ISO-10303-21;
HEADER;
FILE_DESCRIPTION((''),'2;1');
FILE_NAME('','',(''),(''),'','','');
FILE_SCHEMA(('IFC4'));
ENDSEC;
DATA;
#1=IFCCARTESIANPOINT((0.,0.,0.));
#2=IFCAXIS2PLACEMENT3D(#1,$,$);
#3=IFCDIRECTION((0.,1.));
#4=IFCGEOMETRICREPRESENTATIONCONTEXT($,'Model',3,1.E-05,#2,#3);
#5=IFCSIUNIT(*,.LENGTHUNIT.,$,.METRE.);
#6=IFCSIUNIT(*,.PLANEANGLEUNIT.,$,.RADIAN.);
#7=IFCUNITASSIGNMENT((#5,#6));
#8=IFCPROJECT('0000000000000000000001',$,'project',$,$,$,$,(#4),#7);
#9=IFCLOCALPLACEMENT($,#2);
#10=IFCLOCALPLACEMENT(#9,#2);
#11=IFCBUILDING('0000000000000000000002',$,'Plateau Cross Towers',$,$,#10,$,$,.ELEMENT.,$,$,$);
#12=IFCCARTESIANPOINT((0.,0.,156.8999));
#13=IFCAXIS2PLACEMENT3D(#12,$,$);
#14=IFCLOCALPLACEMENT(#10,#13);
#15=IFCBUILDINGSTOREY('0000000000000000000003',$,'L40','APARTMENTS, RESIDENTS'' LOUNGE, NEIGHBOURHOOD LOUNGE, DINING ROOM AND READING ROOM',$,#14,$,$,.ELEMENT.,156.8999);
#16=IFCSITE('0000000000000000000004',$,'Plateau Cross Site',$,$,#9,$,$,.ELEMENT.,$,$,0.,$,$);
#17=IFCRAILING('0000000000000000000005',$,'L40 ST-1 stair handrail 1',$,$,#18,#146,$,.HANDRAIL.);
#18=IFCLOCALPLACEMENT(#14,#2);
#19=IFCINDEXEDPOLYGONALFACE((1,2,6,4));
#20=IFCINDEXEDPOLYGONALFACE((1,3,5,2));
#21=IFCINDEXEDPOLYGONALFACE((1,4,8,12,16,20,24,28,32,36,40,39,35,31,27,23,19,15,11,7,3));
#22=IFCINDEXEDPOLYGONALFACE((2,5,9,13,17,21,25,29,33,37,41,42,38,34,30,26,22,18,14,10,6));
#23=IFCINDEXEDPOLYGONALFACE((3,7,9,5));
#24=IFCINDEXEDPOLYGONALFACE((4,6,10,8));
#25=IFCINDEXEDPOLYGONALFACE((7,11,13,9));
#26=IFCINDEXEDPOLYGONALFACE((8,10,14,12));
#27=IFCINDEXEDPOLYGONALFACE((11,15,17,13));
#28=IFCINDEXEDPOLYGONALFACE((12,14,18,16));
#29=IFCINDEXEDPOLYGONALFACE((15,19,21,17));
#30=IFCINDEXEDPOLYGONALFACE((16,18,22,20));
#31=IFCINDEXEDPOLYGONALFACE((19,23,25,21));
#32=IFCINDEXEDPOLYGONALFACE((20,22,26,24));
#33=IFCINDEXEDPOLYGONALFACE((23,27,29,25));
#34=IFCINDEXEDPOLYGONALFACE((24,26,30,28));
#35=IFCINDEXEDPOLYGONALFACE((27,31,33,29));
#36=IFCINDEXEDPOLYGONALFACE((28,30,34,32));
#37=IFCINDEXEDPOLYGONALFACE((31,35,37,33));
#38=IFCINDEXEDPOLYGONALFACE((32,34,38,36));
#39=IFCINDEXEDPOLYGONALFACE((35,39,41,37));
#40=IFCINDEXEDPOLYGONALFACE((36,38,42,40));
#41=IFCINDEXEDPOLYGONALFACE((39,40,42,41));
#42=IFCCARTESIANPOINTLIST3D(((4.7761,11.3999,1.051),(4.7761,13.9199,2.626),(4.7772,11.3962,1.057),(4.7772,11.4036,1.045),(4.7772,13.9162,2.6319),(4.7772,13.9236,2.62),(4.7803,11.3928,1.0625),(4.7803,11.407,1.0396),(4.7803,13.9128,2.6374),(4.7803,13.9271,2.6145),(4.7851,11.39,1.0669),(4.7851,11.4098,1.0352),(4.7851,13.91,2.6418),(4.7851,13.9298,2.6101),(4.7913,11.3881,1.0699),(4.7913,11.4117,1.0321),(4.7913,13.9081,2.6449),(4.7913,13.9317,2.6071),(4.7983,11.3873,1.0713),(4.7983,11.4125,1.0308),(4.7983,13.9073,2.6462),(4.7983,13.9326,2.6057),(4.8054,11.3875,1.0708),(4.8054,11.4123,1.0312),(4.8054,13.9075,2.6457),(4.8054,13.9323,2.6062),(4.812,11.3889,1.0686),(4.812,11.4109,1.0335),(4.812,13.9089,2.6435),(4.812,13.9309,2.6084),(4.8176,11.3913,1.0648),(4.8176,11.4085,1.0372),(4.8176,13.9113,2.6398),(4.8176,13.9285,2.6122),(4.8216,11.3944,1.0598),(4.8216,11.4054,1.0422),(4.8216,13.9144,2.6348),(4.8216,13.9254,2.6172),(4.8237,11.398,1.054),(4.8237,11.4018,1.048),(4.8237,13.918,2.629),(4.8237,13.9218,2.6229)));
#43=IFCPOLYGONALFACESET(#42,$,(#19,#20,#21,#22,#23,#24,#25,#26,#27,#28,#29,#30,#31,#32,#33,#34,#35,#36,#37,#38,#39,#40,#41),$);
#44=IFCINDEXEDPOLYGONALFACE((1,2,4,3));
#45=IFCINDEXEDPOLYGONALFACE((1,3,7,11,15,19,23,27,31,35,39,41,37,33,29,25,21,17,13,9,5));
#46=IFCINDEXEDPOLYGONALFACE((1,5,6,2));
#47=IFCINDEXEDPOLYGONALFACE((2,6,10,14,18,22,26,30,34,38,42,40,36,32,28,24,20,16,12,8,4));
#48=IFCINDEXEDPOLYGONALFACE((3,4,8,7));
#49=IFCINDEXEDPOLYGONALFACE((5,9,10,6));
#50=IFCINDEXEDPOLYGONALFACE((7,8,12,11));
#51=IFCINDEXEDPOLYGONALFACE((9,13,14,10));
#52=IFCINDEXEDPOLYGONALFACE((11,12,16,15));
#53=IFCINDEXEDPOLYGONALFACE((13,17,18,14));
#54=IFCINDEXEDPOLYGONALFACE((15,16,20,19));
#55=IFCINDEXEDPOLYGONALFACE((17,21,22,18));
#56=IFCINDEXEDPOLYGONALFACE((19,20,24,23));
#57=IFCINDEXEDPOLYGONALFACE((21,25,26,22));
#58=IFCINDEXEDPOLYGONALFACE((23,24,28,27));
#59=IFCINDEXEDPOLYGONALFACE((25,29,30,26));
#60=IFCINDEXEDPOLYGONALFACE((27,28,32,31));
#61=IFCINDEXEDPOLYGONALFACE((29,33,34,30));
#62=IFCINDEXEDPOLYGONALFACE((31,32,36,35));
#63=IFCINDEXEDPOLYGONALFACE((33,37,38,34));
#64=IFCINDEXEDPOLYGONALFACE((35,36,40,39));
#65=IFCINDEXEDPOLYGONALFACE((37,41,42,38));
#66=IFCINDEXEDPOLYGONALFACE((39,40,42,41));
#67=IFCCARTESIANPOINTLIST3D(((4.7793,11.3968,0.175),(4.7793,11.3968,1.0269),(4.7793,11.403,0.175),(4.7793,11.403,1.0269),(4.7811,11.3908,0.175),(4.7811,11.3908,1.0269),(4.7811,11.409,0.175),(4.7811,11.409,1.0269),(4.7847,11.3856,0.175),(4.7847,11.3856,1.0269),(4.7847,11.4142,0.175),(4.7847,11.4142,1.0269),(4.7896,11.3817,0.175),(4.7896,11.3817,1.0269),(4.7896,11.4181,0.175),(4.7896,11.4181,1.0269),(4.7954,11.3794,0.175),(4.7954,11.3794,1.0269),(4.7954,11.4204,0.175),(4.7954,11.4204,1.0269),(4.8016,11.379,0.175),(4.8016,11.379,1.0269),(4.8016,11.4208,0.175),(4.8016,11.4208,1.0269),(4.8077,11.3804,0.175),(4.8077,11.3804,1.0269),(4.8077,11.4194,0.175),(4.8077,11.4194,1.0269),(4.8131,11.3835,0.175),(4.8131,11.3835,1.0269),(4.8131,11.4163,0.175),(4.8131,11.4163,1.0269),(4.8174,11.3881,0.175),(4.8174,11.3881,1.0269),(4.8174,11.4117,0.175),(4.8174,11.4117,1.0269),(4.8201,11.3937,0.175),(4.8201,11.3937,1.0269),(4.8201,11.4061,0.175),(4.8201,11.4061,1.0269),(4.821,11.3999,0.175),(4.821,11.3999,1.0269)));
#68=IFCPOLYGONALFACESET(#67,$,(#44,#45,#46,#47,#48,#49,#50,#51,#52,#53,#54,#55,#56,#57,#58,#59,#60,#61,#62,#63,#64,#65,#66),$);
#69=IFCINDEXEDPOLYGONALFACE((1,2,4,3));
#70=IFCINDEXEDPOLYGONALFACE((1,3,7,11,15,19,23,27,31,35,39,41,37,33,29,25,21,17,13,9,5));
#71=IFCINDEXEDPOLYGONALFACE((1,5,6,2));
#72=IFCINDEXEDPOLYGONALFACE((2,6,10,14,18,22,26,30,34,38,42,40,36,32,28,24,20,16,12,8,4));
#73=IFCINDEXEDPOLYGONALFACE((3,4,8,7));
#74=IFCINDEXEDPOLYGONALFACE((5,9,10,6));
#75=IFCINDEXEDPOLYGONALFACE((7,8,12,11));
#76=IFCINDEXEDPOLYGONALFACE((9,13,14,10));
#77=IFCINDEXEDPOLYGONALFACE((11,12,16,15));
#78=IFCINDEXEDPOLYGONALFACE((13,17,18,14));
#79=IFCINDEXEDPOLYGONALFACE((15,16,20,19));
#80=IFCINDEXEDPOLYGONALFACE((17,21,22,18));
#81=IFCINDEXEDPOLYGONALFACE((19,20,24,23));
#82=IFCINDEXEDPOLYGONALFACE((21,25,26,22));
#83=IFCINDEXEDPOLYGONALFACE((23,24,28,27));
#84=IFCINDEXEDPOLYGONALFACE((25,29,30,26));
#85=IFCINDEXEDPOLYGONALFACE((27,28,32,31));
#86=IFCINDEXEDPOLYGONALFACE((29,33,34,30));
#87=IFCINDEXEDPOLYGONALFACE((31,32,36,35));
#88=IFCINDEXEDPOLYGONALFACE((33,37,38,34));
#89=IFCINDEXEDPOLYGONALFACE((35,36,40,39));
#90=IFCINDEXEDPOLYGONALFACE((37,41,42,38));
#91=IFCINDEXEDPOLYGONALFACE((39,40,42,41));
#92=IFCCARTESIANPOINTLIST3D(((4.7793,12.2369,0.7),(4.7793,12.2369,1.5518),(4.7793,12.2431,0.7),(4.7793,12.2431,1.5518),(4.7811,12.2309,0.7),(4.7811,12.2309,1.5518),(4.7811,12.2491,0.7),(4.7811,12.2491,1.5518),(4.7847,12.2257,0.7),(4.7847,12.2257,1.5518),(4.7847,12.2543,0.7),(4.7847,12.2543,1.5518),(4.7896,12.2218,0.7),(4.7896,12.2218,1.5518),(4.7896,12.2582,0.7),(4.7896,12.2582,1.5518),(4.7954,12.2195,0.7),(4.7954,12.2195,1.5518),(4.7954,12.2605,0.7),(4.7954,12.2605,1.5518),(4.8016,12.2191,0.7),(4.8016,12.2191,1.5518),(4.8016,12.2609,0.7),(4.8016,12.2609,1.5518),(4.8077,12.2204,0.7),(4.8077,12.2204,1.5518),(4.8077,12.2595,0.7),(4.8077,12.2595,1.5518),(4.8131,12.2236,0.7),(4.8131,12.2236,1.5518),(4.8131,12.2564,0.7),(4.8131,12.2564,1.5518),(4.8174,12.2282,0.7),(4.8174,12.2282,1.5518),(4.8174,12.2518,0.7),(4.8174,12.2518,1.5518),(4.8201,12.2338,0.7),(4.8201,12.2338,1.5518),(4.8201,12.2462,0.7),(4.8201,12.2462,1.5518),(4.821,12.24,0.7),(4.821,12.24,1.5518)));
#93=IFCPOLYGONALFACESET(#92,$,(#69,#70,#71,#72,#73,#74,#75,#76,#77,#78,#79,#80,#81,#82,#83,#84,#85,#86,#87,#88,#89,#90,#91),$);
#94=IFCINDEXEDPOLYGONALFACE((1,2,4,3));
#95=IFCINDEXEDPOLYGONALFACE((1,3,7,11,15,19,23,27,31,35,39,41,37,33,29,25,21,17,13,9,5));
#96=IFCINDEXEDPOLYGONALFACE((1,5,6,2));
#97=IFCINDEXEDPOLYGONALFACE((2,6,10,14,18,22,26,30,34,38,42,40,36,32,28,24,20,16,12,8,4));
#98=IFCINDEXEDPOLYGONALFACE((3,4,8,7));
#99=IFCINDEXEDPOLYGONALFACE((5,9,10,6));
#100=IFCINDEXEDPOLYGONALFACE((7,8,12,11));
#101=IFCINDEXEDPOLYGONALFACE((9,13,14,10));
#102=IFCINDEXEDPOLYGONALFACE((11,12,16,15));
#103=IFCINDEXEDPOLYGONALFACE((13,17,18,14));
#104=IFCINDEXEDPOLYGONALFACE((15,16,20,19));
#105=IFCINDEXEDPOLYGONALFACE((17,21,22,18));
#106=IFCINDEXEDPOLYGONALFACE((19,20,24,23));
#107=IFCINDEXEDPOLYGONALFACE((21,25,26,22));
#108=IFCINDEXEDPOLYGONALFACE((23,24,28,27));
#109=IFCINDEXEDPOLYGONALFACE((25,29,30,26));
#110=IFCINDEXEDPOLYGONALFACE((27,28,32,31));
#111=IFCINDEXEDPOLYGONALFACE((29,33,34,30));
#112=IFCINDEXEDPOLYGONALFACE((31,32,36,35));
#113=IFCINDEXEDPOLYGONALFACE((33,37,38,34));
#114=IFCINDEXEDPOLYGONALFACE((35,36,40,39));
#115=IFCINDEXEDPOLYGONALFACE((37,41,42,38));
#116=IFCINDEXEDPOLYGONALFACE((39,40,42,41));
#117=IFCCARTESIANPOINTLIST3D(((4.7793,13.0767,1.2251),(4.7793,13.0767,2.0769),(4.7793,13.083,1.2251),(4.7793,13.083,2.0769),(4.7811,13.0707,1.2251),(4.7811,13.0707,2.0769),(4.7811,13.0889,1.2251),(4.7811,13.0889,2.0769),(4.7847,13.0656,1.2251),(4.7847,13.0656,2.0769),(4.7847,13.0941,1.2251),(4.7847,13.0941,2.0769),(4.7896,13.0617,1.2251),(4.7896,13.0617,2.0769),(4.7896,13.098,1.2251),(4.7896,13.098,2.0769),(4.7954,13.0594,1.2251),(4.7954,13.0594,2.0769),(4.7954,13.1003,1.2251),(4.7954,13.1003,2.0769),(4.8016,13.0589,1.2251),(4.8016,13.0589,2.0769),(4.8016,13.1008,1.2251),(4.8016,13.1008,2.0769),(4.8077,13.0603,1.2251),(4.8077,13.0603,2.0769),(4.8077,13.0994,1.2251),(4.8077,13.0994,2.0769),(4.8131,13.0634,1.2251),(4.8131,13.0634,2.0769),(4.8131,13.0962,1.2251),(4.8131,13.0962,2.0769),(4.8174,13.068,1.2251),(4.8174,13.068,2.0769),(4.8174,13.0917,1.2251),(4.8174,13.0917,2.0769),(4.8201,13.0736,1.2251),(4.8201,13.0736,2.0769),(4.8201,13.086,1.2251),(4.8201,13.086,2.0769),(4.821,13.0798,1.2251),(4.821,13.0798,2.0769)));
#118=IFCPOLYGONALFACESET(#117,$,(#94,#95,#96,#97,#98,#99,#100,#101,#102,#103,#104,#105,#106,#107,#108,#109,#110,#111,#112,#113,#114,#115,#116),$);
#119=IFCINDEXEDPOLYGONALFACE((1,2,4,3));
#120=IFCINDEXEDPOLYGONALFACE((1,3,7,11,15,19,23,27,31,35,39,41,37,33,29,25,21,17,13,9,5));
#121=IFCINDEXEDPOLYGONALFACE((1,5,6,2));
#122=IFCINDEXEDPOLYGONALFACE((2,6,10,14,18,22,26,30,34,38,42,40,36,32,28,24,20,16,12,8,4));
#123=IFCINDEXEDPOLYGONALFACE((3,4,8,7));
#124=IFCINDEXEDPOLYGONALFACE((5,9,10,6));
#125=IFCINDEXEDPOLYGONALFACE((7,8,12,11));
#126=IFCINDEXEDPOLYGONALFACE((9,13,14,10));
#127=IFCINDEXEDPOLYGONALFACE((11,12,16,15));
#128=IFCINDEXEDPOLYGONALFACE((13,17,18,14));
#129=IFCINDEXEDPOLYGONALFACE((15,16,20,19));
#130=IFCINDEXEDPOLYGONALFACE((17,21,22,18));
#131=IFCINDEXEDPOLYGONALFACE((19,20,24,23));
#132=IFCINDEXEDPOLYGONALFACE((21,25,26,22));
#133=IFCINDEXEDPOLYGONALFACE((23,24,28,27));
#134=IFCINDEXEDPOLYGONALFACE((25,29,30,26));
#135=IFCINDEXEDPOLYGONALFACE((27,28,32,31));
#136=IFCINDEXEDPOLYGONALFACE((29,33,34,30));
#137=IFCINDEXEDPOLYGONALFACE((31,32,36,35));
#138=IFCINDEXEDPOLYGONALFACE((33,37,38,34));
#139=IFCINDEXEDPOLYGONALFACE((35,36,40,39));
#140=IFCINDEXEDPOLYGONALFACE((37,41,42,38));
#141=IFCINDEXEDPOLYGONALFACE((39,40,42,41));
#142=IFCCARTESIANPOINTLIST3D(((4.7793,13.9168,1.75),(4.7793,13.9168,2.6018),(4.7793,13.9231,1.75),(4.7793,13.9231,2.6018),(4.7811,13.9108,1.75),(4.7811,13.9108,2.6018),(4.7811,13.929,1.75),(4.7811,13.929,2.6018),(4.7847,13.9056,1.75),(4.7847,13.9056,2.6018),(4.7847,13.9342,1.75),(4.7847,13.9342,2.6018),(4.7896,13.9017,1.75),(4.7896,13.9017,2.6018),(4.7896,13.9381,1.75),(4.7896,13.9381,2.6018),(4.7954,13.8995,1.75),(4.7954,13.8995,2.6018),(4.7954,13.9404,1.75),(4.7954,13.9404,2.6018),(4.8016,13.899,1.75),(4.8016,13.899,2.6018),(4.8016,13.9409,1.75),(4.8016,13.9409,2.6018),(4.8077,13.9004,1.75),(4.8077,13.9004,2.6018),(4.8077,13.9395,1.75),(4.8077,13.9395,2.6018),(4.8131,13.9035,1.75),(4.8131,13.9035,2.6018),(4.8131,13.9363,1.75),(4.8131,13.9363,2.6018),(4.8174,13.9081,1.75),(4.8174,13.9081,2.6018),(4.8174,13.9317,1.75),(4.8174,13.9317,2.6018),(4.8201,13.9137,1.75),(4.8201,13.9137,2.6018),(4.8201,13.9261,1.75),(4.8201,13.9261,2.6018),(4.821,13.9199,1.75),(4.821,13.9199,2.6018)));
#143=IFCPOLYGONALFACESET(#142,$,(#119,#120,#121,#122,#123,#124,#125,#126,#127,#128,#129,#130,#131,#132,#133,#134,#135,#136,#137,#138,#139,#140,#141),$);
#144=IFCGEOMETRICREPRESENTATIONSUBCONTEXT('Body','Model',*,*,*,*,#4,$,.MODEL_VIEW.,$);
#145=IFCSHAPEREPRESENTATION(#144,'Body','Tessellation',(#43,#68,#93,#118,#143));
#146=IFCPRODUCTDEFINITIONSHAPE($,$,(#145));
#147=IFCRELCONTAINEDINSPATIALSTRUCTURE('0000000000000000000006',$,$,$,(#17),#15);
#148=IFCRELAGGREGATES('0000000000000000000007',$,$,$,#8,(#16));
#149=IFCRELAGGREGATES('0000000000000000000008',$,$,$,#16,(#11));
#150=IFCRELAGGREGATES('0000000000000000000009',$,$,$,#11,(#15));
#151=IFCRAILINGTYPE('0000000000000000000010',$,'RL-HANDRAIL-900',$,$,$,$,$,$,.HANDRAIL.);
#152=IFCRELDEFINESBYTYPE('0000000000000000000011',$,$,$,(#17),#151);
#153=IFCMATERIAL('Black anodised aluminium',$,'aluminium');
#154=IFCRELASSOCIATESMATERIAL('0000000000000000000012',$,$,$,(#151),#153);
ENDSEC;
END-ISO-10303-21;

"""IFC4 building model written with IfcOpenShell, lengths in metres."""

from ifc_helpers import new_model, si_unit, direction, frame, origin, origin_2d, place, context, subcontext, project, spatial, circle, extrude, material, type_object, element, save


model = new_model("IFC4")

# Units and contexts
model_context = context("Model", 3, precision=1e-05, world=origin(), true_north=direction((0.0, 1.0)))
body_context = subcontext(model_context, "Body", "Model", "MODEL_VIEW")
ifc_project = project(units=[si_unit("LENGTHUNIT", "METRE"), si_unit("PLANEANGLEUNIT", "RADIAN")], contexts=[model_context])

# Site, building, storey
site_placement = place(None, origin())
site = spatial("IfcSite", under=ifc_project, at=site_placement, Name="Plateau Cross Site", CompositionType="ELEMENT", RefElevation=0.0)
building_placement = place(site_placement, origin())
building = spatial("IfcBuilding", under=site, at=building_placement, Name="Plateau Cross Towers", CompositionType="ELEMENT")
storey_placement = place(building_placement, frame((0.0, 0.0, 156.8999)))
storey = spatial("IfcBuildingStorey", under=building, at=storey_placement, Name="L40", Description="APARTMENTS, RESIDENTS' LOUNGE, NEIGHBOURHOOD LOUNGE, DINING ROOM AND READING ROOM", CompositionType="ELEMENT", Elevation=156.8999)

# Shared definitions
ifc_material_1 = material(Name="Black anodised aluminium", Category="aluminium")

# Railing
railing_type_1 = type_object("IfcRailingType", Name="RL-HANDRAIL-900", PredefinedType="HANDRAIL", material=ifc_material_1)
railing_1_placement = place(storey_placement, frame((4.8, 11.3999, 0.175)))
element("IfcRailing", 1, at=railing_1_placement, inside=storey, type_object=railing_type_1, Name="L40 ST-1 stair handrail 1", PredefinedType="HANDRAIL", context=body_context, shape_type="SweptSolid", body=[
    extrude(circle(Radius=0.0239, at=origin_2d()), frame((0.0, 0.0, 0.876), z_axis=(0.0, 0.848008, 0.529984), x_axis=(-1.0, 0.0, 0.0)), (0.0, 0.0, 1.0), 2.9717),
    extrude(circle(Radius=0.021, at=origin_2d()), origin(), (0.0, 0.0, 1.0), 0.8518),
    extrude(circle(Radius=0.021, at=origin_2d()), frame((0.0, 0.8401, 0.5249)), (0.0, 0.0, 1.0), 0.8518),
    extrude(circle(Radius=0.021, at=origin_2d()), frame((0.0, 1.6799, 1.05)), (0.0, 0.0, 1.0), 0.8518),
    extrude(circle(Radius=0.021, at=origin_2d()), frame((0.0, 2.52, 1.575)), (0.0, 0.0, 1.0), 0.8518),
])

save(model, "model.ifc")
